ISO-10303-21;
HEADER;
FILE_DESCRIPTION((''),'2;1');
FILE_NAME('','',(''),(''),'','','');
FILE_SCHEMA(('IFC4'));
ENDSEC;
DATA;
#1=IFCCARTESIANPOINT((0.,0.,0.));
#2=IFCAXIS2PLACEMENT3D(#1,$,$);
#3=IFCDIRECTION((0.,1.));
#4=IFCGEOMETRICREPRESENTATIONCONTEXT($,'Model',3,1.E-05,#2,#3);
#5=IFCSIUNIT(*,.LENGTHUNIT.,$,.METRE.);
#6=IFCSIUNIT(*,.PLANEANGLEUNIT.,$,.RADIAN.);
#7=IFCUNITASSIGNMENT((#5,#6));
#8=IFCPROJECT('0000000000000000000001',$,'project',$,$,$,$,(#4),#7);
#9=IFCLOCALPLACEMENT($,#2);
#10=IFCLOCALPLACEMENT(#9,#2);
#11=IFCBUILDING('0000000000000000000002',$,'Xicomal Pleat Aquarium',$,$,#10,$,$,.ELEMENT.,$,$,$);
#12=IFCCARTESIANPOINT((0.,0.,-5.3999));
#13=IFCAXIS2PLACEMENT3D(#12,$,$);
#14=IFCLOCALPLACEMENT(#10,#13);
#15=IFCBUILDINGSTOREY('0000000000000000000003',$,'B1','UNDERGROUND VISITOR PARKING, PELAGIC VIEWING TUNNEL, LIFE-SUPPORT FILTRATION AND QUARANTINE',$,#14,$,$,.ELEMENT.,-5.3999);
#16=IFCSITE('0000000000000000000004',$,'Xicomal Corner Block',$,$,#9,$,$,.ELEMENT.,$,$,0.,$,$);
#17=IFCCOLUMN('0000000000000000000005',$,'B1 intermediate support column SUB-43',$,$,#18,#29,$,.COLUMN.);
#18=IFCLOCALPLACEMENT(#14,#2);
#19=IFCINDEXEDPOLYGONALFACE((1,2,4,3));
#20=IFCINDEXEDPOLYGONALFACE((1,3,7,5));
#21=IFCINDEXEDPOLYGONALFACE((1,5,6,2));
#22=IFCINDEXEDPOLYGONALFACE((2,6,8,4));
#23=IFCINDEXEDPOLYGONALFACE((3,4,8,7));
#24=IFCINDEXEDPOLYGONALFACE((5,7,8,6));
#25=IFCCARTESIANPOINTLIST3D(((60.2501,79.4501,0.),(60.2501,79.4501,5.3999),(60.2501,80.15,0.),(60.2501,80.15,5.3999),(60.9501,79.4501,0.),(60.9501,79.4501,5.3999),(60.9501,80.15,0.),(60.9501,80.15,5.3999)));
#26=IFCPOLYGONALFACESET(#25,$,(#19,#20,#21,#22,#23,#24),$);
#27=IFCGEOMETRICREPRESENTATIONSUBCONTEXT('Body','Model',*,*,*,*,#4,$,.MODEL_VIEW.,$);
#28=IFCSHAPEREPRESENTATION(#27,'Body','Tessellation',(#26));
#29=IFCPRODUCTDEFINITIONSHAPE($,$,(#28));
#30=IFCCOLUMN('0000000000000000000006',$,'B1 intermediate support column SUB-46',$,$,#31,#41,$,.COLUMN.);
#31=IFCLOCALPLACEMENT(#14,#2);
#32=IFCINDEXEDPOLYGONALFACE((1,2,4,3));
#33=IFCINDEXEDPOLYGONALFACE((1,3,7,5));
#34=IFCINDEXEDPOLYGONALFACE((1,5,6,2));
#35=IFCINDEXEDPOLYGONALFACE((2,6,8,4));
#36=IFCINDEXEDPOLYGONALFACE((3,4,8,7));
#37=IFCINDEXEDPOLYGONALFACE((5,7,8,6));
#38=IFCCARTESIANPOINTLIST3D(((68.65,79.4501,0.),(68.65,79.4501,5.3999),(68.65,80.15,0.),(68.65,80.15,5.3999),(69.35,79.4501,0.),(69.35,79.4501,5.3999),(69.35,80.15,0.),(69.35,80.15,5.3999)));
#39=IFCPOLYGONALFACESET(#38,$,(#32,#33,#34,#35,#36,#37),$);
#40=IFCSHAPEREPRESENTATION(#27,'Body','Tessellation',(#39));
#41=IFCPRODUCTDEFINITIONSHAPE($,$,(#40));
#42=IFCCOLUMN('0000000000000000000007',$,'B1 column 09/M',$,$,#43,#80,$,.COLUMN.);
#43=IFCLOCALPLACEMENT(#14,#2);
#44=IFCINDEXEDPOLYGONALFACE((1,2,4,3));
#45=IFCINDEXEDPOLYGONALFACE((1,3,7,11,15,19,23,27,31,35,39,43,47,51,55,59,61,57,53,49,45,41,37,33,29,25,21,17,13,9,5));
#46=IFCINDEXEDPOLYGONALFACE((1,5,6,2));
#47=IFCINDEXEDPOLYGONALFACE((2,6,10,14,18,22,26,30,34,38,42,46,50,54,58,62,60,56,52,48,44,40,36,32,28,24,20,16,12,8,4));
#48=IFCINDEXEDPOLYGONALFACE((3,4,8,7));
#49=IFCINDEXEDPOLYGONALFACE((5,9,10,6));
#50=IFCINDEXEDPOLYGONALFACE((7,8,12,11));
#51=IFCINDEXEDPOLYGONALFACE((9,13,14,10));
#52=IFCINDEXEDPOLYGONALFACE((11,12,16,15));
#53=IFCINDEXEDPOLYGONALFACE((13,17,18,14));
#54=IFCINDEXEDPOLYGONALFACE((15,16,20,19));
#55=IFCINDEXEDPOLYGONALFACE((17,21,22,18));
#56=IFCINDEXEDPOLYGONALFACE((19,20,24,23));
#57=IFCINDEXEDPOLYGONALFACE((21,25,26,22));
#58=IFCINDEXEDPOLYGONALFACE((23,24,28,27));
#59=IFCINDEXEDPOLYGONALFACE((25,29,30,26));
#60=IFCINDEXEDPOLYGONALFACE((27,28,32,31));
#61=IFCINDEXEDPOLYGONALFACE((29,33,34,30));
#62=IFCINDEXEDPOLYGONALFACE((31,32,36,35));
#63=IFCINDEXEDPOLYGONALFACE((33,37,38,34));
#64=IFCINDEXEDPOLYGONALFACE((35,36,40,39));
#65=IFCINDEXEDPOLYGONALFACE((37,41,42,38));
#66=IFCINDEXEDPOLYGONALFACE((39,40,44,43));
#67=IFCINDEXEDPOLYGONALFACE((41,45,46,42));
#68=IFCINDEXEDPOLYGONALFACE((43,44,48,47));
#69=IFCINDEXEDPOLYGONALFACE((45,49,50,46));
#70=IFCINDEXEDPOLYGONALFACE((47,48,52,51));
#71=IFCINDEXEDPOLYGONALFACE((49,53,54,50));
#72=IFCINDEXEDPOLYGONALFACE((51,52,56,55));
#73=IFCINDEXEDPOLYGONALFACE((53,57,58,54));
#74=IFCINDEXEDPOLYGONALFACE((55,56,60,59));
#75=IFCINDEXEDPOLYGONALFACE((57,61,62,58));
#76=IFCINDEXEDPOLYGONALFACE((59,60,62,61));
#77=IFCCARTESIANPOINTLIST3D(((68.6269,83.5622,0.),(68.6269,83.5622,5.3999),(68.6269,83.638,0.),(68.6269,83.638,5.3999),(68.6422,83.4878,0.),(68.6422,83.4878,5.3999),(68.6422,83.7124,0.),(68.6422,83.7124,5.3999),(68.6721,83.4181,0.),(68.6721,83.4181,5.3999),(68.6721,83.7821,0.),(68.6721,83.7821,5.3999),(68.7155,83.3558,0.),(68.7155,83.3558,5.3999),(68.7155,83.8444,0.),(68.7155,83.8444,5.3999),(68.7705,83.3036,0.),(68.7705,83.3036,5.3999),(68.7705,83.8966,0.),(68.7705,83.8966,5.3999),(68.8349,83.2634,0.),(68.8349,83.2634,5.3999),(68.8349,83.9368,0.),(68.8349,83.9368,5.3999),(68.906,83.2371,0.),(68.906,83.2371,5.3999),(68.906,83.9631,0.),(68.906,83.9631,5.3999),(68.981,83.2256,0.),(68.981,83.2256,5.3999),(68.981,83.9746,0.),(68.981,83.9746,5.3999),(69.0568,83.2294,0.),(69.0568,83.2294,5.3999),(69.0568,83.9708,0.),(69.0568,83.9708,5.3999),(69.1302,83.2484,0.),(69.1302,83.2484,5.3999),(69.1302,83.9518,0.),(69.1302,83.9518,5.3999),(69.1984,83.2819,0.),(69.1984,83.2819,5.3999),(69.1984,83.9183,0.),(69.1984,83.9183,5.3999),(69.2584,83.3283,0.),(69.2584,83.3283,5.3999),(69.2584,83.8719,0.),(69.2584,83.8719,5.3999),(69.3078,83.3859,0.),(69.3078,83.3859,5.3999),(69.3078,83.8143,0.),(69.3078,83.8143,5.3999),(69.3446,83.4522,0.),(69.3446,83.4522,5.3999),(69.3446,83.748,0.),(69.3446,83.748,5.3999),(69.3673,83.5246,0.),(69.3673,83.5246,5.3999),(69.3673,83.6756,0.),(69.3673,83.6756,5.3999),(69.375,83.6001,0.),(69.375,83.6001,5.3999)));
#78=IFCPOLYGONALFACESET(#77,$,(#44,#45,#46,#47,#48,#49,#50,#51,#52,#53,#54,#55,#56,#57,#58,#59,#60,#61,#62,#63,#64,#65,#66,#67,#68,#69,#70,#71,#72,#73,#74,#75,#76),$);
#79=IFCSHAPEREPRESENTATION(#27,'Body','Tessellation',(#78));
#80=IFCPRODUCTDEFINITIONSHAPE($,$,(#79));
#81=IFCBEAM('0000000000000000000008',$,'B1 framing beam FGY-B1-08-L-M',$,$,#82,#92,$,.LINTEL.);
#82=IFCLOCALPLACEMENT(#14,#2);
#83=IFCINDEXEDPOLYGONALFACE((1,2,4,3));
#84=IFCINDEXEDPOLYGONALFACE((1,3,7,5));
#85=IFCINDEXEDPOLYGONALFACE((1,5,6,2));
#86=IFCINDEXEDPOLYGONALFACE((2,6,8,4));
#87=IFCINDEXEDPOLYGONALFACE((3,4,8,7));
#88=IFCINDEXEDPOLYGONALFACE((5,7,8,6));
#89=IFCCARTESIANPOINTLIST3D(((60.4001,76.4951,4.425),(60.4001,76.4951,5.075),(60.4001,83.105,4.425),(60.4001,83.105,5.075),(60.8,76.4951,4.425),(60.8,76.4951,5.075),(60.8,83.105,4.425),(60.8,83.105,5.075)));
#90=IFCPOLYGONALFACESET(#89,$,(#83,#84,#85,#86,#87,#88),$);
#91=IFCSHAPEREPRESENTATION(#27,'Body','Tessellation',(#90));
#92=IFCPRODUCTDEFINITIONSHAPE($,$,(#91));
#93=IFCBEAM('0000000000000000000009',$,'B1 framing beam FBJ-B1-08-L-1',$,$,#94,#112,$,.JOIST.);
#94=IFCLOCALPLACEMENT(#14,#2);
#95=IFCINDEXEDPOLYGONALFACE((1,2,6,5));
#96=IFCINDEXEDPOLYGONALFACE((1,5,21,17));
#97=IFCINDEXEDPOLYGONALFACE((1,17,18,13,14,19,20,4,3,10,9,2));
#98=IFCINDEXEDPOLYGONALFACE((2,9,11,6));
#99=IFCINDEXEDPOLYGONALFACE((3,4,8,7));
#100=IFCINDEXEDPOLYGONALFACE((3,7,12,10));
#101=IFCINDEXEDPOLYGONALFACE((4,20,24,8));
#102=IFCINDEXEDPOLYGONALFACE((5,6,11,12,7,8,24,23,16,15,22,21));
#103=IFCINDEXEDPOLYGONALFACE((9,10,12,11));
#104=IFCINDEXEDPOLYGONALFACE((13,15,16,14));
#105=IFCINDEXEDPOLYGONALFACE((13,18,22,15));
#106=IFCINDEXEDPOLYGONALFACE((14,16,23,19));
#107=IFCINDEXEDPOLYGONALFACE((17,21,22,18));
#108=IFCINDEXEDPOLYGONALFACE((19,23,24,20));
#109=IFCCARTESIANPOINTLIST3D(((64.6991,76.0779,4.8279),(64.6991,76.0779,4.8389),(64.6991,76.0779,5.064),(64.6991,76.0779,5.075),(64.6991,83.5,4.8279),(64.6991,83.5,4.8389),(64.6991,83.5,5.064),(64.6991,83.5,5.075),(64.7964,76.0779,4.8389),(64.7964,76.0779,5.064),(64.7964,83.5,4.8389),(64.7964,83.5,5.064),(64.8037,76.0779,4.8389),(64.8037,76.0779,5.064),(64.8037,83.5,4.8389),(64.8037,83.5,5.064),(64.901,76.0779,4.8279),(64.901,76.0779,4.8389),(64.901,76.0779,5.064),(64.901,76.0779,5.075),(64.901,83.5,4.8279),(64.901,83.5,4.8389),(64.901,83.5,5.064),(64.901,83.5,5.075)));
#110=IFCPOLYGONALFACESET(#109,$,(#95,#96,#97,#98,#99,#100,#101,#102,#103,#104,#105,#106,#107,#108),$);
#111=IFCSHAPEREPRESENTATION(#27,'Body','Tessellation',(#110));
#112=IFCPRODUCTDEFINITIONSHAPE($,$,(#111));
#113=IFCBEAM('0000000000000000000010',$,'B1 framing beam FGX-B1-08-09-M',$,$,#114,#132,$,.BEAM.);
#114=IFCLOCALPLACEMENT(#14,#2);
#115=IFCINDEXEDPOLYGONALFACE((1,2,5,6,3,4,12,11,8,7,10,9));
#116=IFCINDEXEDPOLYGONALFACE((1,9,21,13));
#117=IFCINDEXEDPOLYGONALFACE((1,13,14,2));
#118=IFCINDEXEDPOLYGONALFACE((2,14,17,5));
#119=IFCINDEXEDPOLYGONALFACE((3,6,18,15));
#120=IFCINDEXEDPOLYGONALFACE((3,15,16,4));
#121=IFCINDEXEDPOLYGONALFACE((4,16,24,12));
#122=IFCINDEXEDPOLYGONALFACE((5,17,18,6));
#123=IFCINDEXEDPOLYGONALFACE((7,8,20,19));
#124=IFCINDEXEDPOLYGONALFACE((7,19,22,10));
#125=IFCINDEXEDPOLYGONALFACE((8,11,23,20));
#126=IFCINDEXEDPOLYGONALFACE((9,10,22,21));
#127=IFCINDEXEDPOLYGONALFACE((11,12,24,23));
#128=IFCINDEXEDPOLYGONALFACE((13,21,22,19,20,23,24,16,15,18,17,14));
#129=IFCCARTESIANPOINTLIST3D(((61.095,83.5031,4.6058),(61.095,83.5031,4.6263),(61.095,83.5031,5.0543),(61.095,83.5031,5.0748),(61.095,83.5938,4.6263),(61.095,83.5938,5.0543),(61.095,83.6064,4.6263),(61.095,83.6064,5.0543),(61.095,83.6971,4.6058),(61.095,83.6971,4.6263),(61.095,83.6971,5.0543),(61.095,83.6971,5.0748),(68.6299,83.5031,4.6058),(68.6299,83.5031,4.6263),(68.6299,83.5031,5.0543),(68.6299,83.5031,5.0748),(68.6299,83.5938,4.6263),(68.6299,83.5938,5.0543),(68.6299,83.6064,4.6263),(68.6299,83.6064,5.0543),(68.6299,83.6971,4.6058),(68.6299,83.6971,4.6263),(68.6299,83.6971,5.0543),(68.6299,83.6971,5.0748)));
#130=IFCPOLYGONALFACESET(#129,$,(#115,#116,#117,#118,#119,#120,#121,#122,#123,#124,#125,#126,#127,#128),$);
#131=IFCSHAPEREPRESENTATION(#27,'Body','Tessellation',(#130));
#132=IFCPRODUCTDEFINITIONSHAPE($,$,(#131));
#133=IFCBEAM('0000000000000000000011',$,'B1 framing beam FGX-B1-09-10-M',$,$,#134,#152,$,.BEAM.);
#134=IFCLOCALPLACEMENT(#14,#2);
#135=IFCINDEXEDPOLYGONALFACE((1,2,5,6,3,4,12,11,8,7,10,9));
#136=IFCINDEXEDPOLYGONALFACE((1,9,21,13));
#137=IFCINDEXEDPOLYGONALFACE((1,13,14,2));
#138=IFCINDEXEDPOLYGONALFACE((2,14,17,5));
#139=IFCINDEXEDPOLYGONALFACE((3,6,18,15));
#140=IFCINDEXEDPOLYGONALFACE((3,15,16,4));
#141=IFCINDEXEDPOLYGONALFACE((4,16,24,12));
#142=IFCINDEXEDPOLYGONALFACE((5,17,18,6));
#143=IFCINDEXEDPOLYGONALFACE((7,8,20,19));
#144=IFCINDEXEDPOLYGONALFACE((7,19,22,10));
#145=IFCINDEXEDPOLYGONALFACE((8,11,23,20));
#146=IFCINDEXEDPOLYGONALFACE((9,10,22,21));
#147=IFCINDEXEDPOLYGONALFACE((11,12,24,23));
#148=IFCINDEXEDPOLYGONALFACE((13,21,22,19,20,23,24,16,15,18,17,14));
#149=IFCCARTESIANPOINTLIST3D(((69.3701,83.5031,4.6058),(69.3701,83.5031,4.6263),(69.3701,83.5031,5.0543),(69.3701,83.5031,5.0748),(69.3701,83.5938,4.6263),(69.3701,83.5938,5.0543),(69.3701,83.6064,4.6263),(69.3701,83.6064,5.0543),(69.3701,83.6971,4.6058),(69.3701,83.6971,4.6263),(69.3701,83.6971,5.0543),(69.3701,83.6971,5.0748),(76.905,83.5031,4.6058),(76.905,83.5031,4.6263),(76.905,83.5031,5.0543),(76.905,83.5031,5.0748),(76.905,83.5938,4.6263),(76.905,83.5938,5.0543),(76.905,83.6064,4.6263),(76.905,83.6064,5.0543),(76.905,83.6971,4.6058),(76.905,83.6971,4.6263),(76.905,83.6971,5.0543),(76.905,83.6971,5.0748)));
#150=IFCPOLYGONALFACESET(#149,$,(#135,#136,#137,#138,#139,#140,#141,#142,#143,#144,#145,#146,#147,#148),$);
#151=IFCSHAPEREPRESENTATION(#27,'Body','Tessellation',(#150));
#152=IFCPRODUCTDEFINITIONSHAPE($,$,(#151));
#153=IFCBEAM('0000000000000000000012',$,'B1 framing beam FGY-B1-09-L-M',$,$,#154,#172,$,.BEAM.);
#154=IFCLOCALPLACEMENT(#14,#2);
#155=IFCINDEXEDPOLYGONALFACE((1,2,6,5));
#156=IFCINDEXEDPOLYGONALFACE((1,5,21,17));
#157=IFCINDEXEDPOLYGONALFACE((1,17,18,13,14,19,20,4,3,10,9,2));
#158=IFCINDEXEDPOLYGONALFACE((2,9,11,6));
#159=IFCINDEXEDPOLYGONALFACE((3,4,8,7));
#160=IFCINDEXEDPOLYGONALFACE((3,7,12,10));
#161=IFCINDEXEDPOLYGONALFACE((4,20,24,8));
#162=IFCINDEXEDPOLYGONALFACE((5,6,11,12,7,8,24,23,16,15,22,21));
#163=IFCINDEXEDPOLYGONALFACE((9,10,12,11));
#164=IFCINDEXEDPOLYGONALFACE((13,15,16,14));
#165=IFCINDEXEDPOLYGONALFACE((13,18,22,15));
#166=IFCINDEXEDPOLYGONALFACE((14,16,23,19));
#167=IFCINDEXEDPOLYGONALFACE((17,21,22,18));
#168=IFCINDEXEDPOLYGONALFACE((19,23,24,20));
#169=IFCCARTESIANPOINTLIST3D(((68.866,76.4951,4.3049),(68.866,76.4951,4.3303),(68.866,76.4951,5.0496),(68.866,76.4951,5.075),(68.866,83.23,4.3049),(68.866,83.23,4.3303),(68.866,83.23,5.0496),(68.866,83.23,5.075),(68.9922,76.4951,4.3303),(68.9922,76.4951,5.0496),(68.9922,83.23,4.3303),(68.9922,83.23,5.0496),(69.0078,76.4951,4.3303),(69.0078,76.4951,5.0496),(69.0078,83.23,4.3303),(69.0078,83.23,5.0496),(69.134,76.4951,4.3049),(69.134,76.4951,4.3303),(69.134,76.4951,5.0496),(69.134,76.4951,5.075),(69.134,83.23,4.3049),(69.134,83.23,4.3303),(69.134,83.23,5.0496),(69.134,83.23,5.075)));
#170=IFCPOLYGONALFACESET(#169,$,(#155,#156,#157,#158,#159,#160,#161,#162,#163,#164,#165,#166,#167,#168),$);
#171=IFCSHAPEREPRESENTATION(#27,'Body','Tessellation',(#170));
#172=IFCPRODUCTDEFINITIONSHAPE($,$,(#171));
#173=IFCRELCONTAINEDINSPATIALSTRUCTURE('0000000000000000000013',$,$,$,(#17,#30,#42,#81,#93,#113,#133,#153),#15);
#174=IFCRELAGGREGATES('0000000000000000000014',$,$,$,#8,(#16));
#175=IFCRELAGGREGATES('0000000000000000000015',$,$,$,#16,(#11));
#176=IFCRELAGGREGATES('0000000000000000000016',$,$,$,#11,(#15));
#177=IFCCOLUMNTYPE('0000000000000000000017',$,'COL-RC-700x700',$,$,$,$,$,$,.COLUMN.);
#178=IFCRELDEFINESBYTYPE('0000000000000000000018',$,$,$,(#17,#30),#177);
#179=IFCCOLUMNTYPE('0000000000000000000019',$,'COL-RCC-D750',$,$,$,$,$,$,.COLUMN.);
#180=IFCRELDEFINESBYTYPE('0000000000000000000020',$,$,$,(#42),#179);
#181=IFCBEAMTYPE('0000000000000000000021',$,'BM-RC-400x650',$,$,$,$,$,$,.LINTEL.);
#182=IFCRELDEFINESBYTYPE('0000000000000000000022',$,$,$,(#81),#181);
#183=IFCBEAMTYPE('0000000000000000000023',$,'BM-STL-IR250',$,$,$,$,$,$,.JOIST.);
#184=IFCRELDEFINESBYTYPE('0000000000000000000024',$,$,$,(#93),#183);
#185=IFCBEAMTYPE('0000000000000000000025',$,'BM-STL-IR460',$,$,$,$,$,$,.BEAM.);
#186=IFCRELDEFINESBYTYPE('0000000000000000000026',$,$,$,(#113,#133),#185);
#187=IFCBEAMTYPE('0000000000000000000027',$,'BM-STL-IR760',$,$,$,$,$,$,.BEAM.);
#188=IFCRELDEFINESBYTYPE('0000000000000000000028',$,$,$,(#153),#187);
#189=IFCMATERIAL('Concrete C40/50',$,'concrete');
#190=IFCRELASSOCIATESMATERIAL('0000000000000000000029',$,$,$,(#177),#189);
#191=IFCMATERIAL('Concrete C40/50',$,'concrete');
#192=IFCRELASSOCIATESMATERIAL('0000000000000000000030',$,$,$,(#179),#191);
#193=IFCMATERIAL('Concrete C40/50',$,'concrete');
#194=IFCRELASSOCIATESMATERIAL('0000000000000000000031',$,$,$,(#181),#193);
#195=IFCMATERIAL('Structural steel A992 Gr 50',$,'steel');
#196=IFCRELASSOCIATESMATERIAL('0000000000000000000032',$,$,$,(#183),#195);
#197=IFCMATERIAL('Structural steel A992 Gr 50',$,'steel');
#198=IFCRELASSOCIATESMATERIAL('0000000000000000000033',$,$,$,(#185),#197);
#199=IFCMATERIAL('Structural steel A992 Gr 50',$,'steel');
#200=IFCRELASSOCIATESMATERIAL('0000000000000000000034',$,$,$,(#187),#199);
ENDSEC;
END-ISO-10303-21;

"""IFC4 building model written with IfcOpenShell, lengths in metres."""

from ifc_helpers import new_model, si_unit, direction, frame, origin, origin_2d, place, context, subcontext, project, spatial, rectangle, circle, i_section, extrude, material, material_profile, profile_set, type_object, element, save


model = new_model("IFC4")

# Units and contexts
model_context = context("Model", 3, precision=1e-05, world=origin(), true_north=direction((0.0, 1.0)))
body_context = subcontext(model_context, "Body", "Model", "MODEL_VIEW")
ifc_project = project(units=[si_unit("LENGTHUNIT", "METRE"), si_unit("PLANEANGLEUNIT", "RADIAN")], contexts=[model_context])

# Site, building, storey
site_placement = place(None, origin())
site = spatial("IfcSite", under=ifc_project, at=site_placement, Name="Xicomal Corner Block", CompositionType="ELEMENT", RefElevation=0.0)
building_placement = place(site_placement, origin())
building = spatial("IfcBuilding", under=site, at=building_placement, Name="Xicomal Pleat Aquarium", CompositionType="ELEMENT")
storey_placement = place(building_placement, frame((0.0, 0.0, -5.3999)))
storey = spatial("IfcBuildingStorey", under=building, at=storey_placement, Name="B1", Description="UNDERGROUND VISITOR PARKING, PELAGIC VIEWING TUNNEL, LIFE-SUPPORT FILTRATION AND QUARANTINE", CompositionType="ELEMENT", Elevation=-5.3999)

# Columns
ifc_material_1 = material(Name="Concrete C40/50", Category="concrete")
ifc_material_profile_1 = material_profile(ifc_material_1, rectangle(XDim=0.7, YDim=0.7, at=origin_2d()), Name="RC 700x700")
ifc_profile_set_1 = profile_set([ifc_material_profile_1], Name="Concrete C40/50")
column_type_1 = type_object("IfcColumnType", Name="COL-RC-700x700", PredefinedType="COLUMN", material=ifc_profile_set_1)
for number, where, z_axis, x_axis, name in (
    (1, (60.6001, 79.8, 0.0), (0.0, 0.0, 1.0), (1.0, 0.0, 0.0), "B1 intermediate support column SUB-43"),
    (2, (69.0, 79.8, 0.0), (0.0, 0.0, 1.0), (1.0, 0.0, 0.0), "B1 intermediate support column SUB-46"),
):
    element("IfcColumn", number, at=place(storey_placement, frame(where, z_axis=z_axis, x_axis=x_axis)), inside=storey, type_object=column_type_1, Name=name, PredefinedType="COLUMN", context=body_context, shape_type="SweptSolid", body=[
        extrude(rectangle(XDim=0.7, YDim=0.7, at=origin_2d()), origin(), (0.0, 0.0, 1.0), 5.3999),
    ])
ifc_material_2 = material(Name="Concrete C40/50", Category="concrete")
ifc_material_profile_2 = material_profile(ifc_material_2, circle(Radius=0.375, at=origin_2d()), Name="RCC D750")
ifc_profile_set_2 = profile_set([ifc_material_profile_2], Name="Concrete C40/50")
column_type_2 = type_object("IfcColumnType", Name="COL-RCC-D750", PredefinedType="COLUMN", material=ifc_profile_set_2)
column_placement = place(storey_placement, frame((69.0, 83.6001, 0.0), z_axis=(0.0, 0.0, 1.0), x_axis=(1.0, 0.0, 0.0)))
element("IfcColumn", 3, at=column_placement, inside=storey, type_object=column_type_2, Name="B1 column 09/M", PredefinedType="COLUMN", context=body_context, shape_type="SweptSolid", body=[
    extrude(circle(Radius=0.375, at=origin_2d()), origin(), (0.0, 0.0, 1.0), 5.3999),
])

# Beams
ifc_material_3 = material(Name="Concrete C40/50", Category="concrete")
ifc_material_profile_3 = material_profile(ifc_material_3, rectangle(XDim=0.3999, YDim=0.6499, at=origin_2d()), Name="RC 400x650")
ifc_profile_set_3 = profile_set([ifc_material_profile_3], Name="Concrete C40/50")
beam_type_1 = type_object("IfcBeamType", Name="BM-RC-400x650", PredefinedType="LINTEL", material=ifc_profile_set_3)
beam_1_placement = place(storey_placement, frame((60.6001, 76.4951, 4.75), z_axis=(0.0, 1.0, 0.0), x_axis=(-1.0, 0.0, 0.0)))
element("IfcBeam", 4, at=beam_1_placement, inside=storey, type_object=beam_type_1, Name="B1 framing beam FGY-B1-08-L-M", PredefinedType="LINTEL", context=body_context, shape_type="SweptSolid", body=[
    extrude(rectangle(XDim=0.3999, YDim=0.6499, at=origin_2d()), origin(), (0.0, 0.0, 1.0), 6.6099),
])
ifc_material_4 = material(Name="Structural steel A992 Gr 50", Category="steel")
ifc_material_profile_4 = material_profile(ifc_material_4, i_section(OverallWidth=0.2019, OverallDepth=0.2471, WebThickness=0.0073, FlangeThickness=0.011, at=origin_2d()), Name="IR 250x49")
ifc_profile_set_4 = profile_set([ifc_material_profile_4], Name="Structural steel A992 Gr 50")
beam_type_2 = type_object("IfcBeamType", Name="BM-STL-IR250", PredefinedType="JOIST", material=ifc_profile_set_4)
beam_2_placement = place(storey_placement, frame((64.8, 76.0779, 4.9514), z_axis=(0.0, 1.0, 0.0), x_axis=(-1.0, 0.0, 0.0)))
element("IfcBeam", 5, at=beam_2_placement, inside=storey, type_object=beam_type_2, Name="B1 framing beam FBJ-B1-08-L-1", PredefinedType="JOIST", context=body_context, shape_type="SweptSolid", body=[
    extrude(i_section(OverallWidth=0.2019, OverallDepth=0.2471, WebThickness=0.0073, FlangeThickness=0.011, at=origin_2d()), origin(), (0.0, 0.0, 1.0), 7.4221),
])
ifc_material_5 = material(Name="Structural steel A992 Gr 50", Category="steel")
ifc_material_profile_5 = material_profile(ifc_material_5, i_section(OverallWidth=0.1941, OverallDepth=0.469, WebThickness=0.0127, FlangeThickness=0.0205, at=origin_2d()), Name="IR 460x106")
ifc_profile_set_5 = profile_set([ifc_material_profile_5], Name="Structural steel A992 Gr 50")
beam_type_3 = type_object("IfcBeamType", Name="BM-STL-IR460", PredefinedType="BEAM", material=ifc_profile_set_5)
for number, where, z_axis, x_axis, name in (
    (6, (61.095, 83.6001, 4.8403), (1.0, 0.0, 0.0), (0.0, 1.0, 0.0), "B1 framing beam FGX-B1-08-09-M"),
    (7, (69.3701, 83.6001, 4.8403), (1.0, 0.0, 0.0), (0.0, 1.0, 0.0), "B1 framing beam FGX-B1-09-10-M"),
):
    element("IfcBeam", number, at=place(storey_placement, frame(where, z_axis=z_axis, x_axis=x_axis)), inside=storey, type_object=beam_type_3, Name=name, PredefinedType="BEAM", context=body_context, shape_type="SweptSolid", body=[
        extrude(i_section(OverallWidth=0.1941, OverallDepth=0.469, WebThickness=0.0127, FlangeThickness=0.0205, at=origin_2d()), origin(), (0.0, 0.0, 1.0), 7.5349),
    ])
ifc_material_6 = material(Name="Structural steel A992 Gr 50", Category="steel")
ifc_material_profile_6 = material_profile(ifc_material_6, i_section(OverallWidth=0.2681, OverallDepth=0.77, WebThickness=0.0156, FlangeThickness=0.0254, at=origin_2d()), Name="IR 760x196")
ifc_profile_set_6 = profile_set([ifc_material_profile_6], Name="Structural steel A992 Gr 50")
beam_type_4 = type_object("IfcBeamType", Name="BM-STL-IR760", PredefinedType="BEAM", material=ifc_profile_set_6)
beam_3_placement = place(storey_placement, frame((69.0, 76.4951, 4.6899), z_axis=(0.0, 1.0, 0.0), x_axis=(-1.0, 0.0, 0.0)))
element("IfcBeam", 8, at=beam_3_placement, inside=storey, type_object=beam_type_4, Name="B1 framing beam FGY-B1-09-L-M", PredefinedType="BEAM", context=body_context, shape_type="SweptSolid", body=[
    extrude(i_section(OverallWidth=0.2681, OverallDepth=0.77, WebThickness=0.0156, FlangeThickness=0.0254, at=origin_2d()), origin(), (0.0, 0.0, 1.0), 6.7349),
])

save(model, "model.ifc")
